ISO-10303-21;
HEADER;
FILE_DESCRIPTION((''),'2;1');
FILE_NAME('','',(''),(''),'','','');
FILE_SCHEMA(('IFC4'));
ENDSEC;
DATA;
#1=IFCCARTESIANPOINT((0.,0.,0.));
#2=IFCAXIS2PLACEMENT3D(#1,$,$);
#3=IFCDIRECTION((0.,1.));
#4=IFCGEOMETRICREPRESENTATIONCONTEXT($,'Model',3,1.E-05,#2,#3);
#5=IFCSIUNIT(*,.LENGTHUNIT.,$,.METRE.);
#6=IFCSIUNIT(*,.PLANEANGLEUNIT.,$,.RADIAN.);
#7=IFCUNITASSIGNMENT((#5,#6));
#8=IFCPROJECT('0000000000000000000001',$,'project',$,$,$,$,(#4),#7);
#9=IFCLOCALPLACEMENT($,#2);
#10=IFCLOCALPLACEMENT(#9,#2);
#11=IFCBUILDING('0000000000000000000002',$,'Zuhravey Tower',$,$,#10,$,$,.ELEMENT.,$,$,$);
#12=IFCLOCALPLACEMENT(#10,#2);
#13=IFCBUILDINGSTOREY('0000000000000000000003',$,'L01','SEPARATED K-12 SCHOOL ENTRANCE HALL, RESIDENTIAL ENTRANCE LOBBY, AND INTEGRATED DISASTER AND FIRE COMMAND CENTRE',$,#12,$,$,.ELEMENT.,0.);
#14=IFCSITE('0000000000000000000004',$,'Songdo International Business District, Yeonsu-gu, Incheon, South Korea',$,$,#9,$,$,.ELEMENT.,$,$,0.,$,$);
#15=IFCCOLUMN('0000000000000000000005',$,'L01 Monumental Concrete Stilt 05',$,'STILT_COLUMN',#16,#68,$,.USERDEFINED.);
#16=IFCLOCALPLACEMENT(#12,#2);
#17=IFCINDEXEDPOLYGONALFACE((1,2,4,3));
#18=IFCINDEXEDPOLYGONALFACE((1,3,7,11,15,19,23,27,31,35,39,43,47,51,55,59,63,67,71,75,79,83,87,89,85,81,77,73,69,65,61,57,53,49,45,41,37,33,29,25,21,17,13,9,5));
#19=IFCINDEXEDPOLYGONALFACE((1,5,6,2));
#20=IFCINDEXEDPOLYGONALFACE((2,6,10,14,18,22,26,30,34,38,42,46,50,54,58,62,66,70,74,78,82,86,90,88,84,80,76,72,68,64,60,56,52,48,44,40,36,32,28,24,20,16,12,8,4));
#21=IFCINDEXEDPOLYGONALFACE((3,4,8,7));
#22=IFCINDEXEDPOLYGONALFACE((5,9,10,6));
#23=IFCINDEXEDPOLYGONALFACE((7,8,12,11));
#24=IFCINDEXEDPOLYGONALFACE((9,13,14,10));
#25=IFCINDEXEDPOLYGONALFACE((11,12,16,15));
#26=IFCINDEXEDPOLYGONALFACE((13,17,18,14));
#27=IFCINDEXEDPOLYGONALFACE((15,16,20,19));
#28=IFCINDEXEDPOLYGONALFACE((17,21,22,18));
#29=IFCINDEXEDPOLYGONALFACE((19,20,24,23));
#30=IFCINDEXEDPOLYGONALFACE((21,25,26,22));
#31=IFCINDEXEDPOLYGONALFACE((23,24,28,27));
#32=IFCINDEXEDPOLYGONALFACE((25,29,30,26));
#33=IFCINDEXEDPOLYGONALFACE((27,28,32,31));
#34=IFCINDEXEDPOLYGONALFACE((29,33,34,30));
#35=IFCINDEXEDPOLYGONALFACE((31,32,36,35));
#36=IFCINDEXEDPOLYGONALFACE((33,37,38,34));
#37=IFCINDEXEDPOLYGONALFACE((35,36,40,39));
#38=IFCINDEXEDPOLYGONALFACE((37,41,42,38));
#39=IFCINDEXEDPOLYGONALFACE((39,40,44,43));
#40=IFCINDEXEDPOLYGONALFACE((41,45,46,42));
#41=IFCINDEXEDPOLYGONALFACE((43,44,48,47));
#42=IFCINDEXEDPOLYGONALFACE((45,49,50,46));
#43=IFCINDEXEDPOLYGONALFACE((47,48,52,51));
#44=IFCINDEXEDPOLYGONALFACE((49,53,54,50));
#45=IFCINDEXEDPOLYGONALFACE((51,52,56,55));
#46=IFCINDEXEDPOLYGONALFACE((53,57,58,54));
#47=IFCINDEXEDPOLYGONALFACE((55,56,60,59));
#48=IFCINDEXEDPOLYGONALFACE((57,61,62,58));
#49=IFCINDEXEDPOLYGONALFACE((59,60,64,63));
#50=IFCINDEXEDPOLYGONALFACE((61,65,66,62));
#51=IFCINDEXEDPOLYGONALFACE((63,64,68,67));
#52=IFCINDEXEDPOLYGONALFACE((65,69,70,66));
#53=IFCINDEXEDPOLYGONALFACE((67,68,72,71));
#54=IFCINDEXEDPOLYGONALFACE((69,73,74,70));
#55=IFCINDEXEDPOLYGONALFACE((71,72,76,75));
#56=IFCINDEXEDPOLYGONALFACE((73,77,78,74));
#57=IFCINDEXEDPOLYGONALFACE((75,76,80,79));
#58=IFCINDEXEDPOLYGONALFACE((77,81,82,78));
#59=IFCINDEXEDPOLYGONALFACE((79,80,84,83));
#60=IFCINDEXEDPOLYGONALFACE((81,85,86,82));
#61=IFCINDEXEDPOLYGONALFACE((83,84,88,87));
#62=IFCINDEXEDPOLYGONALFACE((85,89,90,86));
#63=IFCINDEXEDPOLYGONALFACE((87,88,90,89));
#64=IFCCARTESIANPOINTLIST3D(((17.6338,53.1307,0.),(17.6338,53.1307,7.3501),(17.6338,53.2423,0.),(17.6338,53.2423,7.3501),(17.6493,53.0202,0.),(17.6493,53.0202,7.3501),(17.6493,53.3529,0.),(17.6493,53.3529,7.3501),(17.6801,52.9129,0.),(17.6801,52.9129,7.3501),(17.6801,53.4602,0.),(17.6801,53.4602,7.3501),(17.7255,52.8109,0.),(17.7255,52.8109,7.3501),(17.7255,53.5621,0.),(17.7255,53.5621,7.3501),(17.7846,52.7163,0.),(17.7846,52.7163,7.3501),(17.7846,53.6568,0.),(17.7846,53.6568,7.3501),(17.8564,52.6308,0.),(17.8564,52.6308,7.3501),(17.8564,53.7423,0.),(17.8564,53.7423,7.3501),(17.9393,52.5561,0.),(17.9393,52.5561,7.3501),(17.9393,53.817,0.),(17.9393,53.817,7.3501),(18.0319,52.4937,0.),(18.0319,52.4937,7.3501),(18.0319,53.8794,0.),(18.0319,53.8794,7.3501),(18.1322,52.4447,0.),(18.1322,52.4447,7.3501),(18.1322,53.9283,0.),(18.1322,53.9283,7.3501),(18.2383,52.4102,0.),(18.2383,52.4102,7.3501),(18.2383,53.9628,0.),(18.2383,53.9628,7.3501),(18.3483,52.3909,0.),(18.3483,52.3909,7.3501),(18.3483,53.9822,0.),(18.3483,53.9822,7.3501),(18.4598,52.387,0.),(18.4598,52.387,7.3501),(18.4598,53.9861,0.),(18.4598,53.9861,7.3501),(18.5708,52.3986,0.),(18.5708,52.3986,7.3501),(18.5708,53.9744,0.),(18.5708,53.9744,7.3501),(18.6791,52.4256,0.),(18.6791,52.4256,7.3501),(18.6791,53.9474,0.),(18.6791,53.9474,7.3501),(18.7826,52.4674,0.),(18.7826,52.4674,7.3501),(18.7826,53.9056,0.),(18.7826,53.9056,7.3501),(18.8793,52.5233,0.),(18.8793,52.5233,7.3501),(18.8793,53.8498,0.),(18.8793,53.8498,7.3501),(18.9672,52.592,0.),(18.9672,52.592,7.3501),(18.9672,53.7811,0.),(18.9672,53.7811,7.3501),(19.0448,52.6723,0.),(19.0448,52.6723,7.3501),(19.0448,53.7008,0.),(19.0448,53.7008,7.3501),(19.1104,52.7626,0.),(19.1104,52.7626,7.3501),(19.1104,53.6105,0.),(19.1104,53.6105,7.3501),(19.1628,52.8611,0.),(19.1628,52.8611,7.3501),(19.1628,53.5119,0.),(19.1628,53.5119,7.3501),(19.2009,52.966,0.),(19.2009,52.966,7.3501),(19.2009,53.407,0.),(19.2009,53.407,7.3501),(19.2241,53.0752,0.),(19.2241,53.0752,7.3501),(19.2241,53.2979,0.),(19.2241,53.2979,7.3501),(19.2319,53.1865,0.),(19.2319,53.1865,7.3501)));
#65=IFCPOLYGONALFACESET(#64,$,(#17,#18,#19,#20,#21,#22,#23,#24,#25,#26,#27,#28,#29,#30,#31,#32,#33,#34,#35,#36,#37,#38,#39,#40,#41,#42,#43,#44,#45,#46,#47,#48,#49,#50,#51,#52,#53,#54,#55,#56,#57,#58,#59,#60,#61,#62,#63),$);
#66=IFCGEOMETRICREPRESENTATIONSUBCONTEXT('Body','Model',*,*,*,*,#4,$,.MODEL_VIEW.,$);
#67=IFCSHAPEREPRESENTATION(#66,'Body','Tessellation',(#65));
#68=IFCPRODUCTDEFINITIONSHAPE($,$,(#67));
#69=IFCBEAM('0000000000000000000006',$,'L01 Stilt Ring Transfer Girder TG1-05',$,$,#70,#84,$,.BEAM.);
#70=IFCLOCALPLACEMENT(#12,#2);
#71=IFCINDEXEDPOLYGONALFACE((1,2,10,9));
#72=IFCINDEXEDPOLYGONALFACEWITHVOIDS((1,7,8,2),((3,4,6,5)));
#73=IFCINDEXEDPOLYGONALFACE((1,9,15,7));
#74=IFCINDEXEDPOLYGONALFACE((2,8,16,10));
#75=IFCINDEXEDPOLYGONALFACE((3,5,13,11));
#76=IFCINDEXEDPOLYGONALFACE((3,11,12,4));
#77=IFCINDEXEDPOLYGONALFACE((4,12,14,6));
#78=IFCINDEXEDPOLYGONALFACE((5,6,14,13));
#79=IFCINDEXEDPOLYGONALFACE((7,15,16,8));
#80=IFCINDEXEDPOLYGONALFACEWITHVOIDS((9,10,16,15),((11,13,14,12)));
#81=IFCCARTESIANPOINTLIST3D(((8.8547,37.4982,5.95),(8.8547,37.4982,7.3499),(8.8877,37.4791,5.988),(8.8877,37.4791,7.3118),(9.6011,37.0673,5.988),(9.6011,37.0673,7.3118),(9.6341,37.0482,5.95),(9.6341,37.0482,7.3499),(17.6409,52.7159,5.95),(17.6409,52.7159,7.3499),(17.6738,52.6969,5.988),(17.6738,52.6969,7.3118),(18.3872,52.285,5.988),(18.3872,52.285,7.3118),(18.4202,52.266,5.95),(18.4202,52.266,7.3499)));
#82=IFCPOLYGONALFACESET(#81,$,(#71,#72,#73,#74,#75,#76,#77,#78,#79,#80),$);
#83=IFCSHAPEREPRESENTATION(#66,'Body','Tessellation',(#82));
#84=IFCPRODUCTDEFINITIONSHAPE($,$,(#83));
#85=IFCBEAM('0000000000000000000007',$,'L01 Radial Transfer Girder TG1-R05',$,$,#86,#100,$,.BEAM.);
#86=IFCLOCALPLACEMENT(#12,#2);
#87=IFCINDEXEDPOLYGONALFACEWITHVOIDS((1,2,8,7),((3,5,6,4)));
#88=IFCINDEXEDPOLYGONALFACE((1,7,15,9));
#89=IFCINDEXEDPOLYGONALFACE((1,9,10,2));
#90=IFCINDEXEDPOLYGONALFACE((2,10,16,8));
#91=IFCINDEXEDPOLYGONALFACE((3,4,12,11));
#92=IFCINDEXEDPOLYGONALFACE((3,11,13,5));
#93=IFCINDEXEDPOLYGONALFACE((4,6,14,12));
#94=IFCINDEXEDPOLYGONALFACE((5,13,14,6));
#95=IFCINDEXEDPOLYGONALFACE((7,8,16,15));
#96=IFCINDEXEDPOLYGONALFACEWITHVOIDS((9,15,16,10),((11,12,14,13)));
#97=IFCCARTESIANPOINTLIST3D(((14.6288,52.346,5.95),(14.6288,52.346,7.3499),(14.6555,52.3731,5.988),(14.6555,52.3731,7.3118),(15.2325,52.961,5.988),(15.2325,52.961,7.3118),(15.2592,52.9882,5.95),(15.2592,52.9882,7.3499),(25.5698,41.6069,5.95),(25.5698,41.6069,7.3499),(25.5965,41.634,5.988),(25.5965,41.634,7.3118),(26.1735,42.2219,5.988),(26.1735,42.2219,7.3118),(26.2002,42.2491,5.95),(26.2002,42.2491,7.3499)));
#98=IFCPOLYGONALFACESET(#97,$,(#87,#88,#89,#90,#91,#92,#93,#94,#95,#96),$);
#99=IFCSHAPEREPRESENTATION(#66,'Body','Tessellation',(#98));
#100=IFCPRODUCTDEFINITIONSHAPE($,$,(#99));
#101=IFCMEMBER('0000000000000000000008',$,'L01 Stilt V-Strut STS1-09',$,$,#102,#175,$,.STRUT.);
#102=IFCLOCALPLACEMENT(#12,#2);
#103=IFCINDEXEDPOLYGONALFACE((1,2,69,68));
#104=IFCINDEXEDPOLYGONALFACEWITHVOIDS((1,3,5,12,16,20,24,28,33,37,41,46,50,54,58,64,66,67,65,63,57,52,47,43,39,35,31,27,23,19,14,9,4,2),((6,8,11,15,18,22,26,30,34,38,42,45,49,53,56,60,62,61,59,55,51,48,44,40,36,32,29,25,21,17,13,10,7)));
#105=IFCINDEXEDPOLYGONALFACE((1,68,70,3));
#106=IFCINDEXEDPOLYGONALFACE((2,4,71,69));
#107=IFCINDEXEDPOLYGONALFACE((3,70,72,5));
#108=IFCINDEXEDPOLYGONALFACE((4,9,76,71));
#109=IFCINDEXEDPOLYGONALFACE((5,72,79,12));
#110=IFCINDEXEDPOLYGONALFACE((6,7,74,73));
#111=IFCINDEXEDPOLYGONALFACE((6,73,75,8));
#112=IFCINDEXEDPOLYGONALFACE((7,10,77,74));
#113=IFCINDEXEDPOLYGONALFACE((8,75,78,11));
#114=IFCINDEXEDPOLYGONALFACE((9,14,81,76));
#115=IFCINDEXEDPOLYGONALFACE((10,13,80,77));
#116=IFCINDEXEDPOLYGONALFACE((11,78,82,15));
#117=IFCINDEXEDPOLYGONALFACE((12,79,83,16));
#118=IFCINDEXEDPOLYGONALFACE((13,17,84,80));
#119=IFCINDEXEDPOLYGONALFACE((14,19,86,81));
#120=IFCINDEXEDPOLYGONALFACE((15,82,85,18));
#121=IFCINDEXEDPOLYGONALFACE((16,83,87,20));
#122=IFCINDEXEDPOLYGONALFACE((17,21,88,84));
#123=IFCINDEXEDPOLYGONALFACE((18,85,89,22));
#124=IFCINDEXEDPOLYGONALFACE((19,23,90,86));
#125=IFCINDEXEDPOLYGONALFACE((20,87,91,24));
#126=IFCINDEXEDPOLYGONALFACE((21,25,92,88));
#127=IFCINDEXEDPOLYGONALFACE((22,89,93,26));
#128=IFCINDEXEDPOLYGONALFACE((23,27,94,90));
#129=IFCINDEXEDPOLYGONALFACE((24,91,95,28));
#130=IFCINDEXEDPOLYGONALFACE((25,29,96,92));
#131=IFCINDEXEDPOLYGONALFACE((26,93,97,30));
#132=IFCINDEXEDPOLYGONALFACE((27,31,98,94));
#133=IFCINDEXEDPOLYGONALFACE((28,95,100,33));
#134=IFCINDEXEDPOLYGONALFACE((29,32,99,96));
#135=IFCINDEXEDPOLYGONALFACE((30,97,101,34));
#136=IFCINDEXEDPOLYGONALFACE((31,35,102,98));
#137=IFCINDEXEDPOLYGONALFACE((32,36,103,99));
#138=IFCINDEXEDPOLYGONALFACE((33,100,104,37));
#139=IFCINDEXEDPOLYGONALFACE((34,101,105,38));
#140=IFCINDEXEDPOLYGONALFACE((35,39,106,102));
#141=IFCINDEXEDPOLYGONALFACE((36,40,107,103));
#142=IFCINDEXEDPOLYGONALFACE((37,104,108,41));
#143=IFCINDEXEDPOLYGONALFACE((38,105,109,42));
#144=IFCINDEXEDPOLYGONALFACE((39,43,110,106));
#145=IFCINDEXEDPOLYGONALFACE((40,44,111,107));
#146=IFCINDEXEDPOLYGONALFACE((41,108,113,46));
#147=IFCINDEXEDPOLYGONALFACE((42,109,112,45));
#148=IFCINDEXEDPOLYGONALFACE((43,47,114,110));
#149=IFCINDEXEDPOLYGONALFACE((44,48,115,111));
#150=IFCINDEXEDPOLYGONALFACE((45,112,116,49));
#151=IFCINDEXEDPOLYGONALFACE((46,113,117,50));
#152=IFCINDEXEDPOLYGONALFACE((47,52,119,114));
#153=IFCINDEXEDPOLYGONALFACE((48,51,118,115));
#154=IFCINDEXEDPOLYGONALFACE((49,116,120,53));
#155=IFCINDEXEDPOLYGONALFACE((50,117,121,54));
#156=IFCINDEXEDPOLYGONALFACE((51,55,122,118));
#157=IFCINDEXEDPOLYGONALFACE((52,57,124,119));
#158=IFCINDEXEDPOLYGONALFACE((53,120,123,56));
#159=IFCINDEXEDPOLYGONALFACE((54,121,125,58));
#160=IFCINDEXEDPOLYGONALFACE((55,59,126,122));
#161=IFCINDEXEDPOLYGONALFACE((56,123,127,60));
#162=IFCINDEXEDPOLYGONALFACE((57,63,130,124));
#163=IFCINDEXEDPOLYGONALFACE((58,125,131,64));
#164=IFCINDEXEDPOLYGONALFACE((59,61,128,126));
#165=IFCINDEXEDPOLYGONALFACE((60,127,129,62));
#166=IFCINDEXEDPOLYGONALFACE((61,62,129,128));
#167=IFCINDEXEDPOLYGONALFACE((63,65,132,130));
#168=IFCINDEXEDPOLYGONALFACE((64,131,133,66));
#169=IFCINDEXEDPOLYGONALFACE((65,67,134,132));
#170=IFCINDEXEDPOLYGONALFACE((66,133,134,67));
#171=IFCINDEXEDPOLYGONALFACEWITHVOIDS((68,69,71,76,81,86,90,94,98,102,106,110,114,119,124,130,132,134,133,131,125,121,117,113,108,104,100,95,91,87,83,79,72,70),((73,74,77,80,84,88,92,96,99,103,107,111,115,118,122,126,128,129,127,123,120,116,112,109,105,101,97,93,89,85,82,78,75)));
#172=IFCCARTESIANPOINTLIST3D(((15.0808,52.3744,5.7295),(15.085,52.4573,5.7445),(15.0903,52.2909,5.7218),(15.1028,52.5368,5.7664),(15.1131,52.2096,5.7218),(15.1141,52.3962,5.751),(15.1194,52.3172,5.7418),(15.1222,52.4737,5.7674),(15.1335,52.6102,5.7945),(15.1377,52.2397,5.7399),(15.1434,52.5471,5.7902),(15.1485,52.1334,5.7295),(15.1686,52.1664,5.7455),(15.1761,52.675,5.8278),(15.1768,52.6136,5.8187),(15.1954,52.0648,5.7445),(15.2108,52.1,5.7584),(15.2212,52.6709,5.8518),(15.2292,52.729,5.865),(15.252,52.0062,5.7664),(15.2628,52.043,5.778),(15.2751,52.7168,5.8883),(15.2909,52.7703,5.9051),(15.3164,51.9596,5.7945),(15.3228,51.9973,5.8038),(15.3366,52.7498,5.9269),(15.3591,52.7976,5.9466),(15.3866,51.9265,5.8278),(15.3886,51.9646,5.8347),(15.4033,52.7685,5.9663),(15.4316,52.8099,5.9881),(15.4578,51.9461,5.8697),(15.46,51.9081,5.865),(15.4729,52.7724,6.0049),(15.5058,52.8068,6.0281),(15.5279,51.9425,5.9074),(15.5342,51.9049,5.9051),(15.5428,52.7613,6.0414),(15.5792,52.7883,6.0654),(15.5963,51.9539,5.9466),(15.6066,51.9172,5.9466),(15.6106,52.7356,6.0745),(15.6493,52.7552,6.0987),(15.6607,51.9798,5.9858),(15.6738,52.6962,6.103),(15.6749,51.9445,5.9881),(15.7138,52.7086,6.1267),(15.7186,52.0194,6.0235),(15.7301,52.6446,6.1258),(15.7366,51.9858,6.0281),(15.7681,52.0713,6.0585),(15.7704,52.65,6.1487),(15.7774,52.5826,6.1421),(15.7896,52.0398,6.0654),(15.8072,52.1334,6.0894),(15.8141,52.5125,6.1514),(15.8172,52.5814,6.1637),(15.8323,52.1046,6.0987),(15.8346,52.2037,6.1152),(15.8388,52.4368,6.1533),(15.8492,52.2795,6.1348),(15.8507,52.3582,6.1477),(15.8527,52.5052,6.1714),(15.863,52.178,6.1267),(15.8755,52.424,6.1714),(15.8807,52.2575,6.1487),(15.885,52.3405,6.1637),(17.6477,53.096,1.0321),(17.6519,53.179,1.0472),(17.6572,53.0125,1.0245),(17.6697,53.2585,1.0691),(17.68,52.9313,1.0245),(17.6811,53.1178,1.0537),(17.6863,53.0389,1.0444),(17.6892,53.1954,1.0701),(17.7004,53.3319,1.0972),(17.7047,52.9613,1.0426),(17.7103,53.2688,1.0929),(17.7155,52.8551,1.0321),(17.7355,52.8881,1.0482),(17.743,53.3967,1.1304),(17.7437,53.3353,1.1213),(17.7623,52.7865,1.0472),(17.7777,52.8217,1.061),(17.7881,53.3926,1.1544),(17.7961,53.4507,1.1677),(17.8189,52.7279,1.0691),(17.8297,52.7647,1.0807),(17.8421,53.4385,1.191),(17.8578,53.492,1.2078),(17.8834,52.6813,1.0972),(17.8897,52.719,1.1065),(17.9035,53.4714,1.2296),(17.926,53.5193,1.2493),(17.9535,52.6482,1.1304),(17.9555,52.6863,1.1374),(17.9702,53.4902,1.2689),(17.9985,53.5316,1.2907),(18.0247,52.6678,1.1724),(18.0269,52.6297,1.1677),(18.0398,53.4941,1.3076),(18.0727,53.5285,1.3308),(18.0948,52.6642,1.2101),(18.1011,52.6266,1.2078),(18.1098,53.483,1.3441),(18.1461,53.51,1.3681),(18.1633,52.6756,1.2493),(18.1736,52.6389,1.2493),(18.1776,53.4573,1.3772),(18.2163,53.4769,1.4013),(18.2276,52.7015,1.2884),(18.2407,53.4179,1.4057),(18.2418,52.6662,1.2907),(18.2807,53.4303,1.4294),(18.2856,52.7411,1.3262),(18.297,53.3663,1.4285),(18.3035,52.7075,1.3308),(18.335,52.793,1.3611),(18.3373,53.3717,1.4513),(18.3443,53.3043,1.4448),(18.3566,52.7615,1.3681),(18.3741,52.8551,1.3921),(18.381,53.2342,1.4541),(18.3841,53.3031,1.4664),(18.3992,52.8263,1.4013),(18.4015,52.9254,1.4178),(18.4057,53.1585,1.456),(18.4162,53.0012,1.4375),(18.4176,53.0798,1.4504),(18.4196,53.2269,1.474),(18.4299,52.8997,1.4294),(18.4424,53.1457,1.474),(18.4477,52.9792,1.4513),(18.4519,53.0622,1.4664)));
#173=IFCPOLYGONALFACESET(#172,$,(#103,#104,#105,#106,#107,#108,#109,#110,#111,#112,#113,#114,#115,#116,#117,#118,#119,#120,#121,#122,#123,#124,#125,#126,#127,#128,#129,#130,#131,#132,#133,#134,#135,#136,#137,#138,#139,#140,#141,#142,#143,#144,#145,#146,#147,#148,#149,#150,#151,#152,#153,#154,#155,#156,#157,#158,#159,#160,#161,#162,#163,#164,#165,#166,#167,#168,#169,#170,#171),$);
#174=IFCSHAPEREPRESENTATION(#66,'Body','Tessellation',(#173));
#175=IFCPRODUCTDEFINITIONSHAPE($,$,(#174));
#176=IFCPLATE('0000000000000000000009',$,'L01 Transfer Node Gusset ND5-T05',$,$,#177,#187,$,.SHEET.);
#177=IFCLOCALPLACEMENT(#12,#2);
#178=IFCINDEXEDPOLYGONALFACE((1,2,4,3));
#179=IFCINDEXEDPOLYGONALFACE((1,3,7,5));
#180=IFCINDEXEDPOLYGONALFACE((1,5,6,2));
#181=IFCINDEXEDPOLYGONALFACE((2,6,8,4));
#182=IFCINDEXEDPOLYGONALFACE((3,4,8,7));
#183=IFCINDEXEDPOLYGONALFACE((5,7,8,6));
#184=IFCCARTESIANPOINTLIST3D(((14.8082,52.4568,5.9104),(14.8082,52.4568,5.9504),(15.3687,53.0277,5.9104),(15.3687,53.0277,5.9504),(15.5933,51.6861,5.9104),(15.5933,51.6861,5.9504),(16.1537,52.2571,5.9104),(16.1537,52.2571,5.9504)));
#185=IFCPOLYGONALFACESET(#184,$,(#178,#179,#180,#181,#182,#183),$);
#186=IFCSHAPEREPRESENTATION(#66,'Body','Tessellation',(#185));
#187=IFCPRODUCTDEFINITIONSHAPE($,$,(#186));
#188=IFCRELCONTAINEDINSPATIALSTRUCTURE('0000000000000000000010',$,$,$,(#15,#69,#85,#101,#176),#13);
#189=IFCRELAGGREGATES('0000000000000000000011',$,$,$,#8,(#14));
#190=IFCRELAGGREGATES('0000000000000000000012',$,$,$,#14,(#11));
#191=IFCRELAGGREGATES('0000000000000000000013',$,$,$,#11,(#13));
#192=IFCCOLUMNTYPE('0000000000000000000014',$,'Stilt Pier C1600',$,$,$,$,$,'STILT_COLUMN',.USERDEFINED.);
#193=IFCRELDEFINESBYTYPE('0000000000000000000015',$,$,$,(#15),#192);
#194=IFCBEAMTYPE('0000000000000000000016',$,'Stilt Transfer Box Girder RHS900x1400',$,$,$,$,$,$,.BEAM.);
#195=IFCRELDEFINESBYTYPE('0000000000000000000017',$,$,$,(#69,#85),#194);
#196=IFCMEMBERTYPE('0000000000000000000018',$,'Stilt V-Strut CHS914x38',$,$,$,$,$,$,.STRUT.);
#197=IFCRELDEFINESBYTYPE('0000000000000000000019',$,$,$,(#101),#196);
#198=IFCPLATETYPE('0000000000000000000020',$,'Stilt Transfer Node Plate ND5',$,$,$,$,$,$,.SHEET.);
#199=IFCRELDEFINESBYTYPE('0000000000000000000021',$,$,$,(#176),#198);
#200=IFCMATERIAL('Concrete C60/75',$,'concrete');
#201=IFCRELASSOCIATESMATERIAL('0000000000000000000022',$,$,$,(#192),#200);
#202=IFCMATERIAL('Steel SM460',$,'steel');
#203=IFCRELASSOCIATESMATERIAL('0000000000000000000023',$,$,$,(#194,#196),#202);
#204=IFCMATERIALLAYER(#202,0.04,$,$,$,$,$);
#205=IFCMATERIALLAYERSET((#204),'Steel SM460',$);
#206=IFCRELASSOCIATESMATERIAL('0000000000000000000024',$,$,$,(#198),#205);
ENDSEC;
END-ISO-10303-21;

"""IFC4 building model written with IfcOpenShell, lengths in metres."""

from ifc_helpers import new_model, si_unit, direction, frame, origin, origin_2d, place, context, subcontext, project, spatial, rectangle, hollow_rectangle, circle, hollow_circle, extrude, material, layer, layer_set, material_profile, profile_set, type_object, element, save


model = new_model("IFC4")

# Units and contexts
model_context = context("Model", 3, precision=1e-05, world=origin(), true_north=direction((0.0, 1.0)))
body_context = subcontext(model_context, "Body", "Model", "MODEL_VIEW")
ifc_project = project(units=[si_unit("LENGTHUNIT", "METRE"), si_unit("PLANEANGLEUNIT", "RADIAN")], contexts=[model_context])

# Site, building, storey
site_placement = place(None, origin())
site = spatial("IfcSite", under=ifc_project, at=site_placement, Name="Songdo International Business District, Yeonsu-gu, Incheon, South Korea", CompositionType="ELEMENT", RefElevation=0.0)
building_placement = place(site_placement, origin())
building = spatial("IfcBuilding", under=site, at=building_placement, Name="Zuhravey Tower", CompositionType="ELEMENT")
storey_placement = place(building_placement, origin())
storey = spatial("IfcBuildingStorey", under=building, at=storey_placement, Name="L01", Description="SEPARATED K-12 SCHOOL ENTRANCE HALL, RESIDENTIAL ENTRANCE LOBBY, AND INTEGRATED DISASTER AND FIRE COMMAND CENTRE", CompositionType="ELEMENT", Elevation=0.0)

# Column
ifc_material_1 = material(Name="Concrete C60/75", Category="concrete")
ifc_material_profile_1 = material_profile(ifc_material_1, circle(Radius=0.8, at=origin_2d()), Name="RC-CIRC-1600")
ifc_profile_set_1 = profile_set([ifc_material_profile_1], Name="Concrete C60/75")
column_type = type_object("IfcColumnType", Name="Stilt Pier C1600", ElementType="STILT_COLUMN", PredefinedType="USERDEFINED", material=ifc_profile_set_1)
column_placement = place(storey_placement, frame((18.4319, 53.1865, 0.0), z_axis=(0.0, 0.0, 1.0), x_axis=(1.0, 0.0, 0.0)))
element("IfcColumn", 1, at=column_placement, inside=storey, type_object=column_type, Name="L01 Monumental Concrete Stilt 05", ObjectType="STILT_COLUMN", PredefinedType="USERDEFINED", context=body_context, shape_type="SweptSolid", body=[
    extrude(circle(Radius=0.8, at=origin_2d()), origin(), (0.0, 0.0, 1.0), 7.3501),
])

# Beams
ifc_material_2 = material(Name="Steel SM460", Category="steel")
ifc_material_profile_2 = material_profile(ifc_material_2, hollow_rectangle(XDim=0.8999, YDim=1.3999, WallThickness=0.0381, at=origin_2d()), Name="RHS-900x1400x38")
ifc_profile_set_2 = profile_set([ifc_material_profile_2], Name="Steel SM460")
beam_type = type_object("IfcBeamType", Name="Stilt Transfer Box Girder RHS900x1400", PredefinedType="BEAM", material=ifc_profile_set_2)
beam_1_placement = place(storey_placement, frame((18.0305, 52.491, 6.6499), z_axis=(-0.500006, -0.866022, 0.0), x_axis=(0.866022, -0.500006, 0.0)))
element("IfcBeam", 2, at=beam_1_placement, inside=storey, type_object=beam_type, Name="L01 Stilt Ring Transfer Girder TG1-05", PredefinedType="BEAM", context=body_context, shape_type="SweptSolid", body=[
    extrude(hollow_rectangle(XDim=0.8999, YDim=1.3999, WallThickness=0.0381, at=origin_2d()), origin(), (0.0, 0.0, 1.0), 17.572),
])
beam_2_placement = place(storey_placement, frame((25.885, 41.928, 6.6499), z_axis=(-0.713661, 0.700491, 0.0), x_axis=(-0.700491, -0.713661, 0.0)))
element("IfcBeam", 3, at=beam_2_placement, inside=storey, type_object=beam_type, Name="L01 Radial Transfer Girder TG1-R05", PredefinedType="BEAM", context=body_context, shape_type="SweptSolid", body=[
    extrude(hollow_rectangle(XDim=0.8999, YDim=1.3999, WallThickness=0.0381, at=origin_2d()), origin(), (0.0, 0.0, 1.0), 15.3308),
])

# Member
ifc_material_profile_3 = material_profile(ifc_material_2, hollow_circle(Radius=0.4573, WallThickness=0.0381, at=origin_2d()), Name="CHS-914.4x38")
ifc_profile_set_3 = profile_set([ifc_material_profile_3], Name="Steel SM460")
member_type = type_object("IfcMemberType", Name="Stilt V-Strut CHS914x38", PredefinedType="STRUT", material=ifc_profile_set_3)
member_placement = place(storey_placement, frame((18.0498, 53.0791, 1.2493), z_axis=(-0.475236, -0.133612, 0.869654), x_axis=(0.270655, -0.962676, 0.0)))
element("IfcMember", 4, at=member_placement, inside=storey, type_object=member_type, Name="L01 Stilt V-Strut STS1-09", PredefinedType="STRUT", context=body_context, shape_type="SweptSolid", body=[
    extrude(hollow_circle(Radius=0.4573, WallThickness=0.0381, at=origin_2d()), origin(), (0.0, 0.0, 1.0), 5.4014),
])

# Plate
ifc_layer_1 = layer(ifc_material_2, 0.04)
ifc_layer_set_1 = layer_set([ifc_layer_1], Name="Steel SM460")
plate_type = type_object("IfcPlateType", Name="Stilt Transfer Node Plate ND5", PredefinedType="SHEET", material=ifc_layer_set_1)
plate_1_placement = place(storey_placement, frame((15.481, 52.3569, 5.9104), z_axis=(0.0, 0.0, 1.0), x_axis=(-0.713617, 0.700536, 0.0)))
element("IfcPlate", 5, at=plate_1_placement, inside=storey, type_object=plate_type, Name="L01 Transfer Node Gusset ND5-T05", PredefinedType="SHEET", context=body_context, shape_type="SweptSolid", body=[
    extrude(rectangle(XDim=1.1001, YDim=0.8, at=origin_2d()), origin(), (0.0, 0.0, 1.0), 0.04),
])

save(model, "model.ifc")
